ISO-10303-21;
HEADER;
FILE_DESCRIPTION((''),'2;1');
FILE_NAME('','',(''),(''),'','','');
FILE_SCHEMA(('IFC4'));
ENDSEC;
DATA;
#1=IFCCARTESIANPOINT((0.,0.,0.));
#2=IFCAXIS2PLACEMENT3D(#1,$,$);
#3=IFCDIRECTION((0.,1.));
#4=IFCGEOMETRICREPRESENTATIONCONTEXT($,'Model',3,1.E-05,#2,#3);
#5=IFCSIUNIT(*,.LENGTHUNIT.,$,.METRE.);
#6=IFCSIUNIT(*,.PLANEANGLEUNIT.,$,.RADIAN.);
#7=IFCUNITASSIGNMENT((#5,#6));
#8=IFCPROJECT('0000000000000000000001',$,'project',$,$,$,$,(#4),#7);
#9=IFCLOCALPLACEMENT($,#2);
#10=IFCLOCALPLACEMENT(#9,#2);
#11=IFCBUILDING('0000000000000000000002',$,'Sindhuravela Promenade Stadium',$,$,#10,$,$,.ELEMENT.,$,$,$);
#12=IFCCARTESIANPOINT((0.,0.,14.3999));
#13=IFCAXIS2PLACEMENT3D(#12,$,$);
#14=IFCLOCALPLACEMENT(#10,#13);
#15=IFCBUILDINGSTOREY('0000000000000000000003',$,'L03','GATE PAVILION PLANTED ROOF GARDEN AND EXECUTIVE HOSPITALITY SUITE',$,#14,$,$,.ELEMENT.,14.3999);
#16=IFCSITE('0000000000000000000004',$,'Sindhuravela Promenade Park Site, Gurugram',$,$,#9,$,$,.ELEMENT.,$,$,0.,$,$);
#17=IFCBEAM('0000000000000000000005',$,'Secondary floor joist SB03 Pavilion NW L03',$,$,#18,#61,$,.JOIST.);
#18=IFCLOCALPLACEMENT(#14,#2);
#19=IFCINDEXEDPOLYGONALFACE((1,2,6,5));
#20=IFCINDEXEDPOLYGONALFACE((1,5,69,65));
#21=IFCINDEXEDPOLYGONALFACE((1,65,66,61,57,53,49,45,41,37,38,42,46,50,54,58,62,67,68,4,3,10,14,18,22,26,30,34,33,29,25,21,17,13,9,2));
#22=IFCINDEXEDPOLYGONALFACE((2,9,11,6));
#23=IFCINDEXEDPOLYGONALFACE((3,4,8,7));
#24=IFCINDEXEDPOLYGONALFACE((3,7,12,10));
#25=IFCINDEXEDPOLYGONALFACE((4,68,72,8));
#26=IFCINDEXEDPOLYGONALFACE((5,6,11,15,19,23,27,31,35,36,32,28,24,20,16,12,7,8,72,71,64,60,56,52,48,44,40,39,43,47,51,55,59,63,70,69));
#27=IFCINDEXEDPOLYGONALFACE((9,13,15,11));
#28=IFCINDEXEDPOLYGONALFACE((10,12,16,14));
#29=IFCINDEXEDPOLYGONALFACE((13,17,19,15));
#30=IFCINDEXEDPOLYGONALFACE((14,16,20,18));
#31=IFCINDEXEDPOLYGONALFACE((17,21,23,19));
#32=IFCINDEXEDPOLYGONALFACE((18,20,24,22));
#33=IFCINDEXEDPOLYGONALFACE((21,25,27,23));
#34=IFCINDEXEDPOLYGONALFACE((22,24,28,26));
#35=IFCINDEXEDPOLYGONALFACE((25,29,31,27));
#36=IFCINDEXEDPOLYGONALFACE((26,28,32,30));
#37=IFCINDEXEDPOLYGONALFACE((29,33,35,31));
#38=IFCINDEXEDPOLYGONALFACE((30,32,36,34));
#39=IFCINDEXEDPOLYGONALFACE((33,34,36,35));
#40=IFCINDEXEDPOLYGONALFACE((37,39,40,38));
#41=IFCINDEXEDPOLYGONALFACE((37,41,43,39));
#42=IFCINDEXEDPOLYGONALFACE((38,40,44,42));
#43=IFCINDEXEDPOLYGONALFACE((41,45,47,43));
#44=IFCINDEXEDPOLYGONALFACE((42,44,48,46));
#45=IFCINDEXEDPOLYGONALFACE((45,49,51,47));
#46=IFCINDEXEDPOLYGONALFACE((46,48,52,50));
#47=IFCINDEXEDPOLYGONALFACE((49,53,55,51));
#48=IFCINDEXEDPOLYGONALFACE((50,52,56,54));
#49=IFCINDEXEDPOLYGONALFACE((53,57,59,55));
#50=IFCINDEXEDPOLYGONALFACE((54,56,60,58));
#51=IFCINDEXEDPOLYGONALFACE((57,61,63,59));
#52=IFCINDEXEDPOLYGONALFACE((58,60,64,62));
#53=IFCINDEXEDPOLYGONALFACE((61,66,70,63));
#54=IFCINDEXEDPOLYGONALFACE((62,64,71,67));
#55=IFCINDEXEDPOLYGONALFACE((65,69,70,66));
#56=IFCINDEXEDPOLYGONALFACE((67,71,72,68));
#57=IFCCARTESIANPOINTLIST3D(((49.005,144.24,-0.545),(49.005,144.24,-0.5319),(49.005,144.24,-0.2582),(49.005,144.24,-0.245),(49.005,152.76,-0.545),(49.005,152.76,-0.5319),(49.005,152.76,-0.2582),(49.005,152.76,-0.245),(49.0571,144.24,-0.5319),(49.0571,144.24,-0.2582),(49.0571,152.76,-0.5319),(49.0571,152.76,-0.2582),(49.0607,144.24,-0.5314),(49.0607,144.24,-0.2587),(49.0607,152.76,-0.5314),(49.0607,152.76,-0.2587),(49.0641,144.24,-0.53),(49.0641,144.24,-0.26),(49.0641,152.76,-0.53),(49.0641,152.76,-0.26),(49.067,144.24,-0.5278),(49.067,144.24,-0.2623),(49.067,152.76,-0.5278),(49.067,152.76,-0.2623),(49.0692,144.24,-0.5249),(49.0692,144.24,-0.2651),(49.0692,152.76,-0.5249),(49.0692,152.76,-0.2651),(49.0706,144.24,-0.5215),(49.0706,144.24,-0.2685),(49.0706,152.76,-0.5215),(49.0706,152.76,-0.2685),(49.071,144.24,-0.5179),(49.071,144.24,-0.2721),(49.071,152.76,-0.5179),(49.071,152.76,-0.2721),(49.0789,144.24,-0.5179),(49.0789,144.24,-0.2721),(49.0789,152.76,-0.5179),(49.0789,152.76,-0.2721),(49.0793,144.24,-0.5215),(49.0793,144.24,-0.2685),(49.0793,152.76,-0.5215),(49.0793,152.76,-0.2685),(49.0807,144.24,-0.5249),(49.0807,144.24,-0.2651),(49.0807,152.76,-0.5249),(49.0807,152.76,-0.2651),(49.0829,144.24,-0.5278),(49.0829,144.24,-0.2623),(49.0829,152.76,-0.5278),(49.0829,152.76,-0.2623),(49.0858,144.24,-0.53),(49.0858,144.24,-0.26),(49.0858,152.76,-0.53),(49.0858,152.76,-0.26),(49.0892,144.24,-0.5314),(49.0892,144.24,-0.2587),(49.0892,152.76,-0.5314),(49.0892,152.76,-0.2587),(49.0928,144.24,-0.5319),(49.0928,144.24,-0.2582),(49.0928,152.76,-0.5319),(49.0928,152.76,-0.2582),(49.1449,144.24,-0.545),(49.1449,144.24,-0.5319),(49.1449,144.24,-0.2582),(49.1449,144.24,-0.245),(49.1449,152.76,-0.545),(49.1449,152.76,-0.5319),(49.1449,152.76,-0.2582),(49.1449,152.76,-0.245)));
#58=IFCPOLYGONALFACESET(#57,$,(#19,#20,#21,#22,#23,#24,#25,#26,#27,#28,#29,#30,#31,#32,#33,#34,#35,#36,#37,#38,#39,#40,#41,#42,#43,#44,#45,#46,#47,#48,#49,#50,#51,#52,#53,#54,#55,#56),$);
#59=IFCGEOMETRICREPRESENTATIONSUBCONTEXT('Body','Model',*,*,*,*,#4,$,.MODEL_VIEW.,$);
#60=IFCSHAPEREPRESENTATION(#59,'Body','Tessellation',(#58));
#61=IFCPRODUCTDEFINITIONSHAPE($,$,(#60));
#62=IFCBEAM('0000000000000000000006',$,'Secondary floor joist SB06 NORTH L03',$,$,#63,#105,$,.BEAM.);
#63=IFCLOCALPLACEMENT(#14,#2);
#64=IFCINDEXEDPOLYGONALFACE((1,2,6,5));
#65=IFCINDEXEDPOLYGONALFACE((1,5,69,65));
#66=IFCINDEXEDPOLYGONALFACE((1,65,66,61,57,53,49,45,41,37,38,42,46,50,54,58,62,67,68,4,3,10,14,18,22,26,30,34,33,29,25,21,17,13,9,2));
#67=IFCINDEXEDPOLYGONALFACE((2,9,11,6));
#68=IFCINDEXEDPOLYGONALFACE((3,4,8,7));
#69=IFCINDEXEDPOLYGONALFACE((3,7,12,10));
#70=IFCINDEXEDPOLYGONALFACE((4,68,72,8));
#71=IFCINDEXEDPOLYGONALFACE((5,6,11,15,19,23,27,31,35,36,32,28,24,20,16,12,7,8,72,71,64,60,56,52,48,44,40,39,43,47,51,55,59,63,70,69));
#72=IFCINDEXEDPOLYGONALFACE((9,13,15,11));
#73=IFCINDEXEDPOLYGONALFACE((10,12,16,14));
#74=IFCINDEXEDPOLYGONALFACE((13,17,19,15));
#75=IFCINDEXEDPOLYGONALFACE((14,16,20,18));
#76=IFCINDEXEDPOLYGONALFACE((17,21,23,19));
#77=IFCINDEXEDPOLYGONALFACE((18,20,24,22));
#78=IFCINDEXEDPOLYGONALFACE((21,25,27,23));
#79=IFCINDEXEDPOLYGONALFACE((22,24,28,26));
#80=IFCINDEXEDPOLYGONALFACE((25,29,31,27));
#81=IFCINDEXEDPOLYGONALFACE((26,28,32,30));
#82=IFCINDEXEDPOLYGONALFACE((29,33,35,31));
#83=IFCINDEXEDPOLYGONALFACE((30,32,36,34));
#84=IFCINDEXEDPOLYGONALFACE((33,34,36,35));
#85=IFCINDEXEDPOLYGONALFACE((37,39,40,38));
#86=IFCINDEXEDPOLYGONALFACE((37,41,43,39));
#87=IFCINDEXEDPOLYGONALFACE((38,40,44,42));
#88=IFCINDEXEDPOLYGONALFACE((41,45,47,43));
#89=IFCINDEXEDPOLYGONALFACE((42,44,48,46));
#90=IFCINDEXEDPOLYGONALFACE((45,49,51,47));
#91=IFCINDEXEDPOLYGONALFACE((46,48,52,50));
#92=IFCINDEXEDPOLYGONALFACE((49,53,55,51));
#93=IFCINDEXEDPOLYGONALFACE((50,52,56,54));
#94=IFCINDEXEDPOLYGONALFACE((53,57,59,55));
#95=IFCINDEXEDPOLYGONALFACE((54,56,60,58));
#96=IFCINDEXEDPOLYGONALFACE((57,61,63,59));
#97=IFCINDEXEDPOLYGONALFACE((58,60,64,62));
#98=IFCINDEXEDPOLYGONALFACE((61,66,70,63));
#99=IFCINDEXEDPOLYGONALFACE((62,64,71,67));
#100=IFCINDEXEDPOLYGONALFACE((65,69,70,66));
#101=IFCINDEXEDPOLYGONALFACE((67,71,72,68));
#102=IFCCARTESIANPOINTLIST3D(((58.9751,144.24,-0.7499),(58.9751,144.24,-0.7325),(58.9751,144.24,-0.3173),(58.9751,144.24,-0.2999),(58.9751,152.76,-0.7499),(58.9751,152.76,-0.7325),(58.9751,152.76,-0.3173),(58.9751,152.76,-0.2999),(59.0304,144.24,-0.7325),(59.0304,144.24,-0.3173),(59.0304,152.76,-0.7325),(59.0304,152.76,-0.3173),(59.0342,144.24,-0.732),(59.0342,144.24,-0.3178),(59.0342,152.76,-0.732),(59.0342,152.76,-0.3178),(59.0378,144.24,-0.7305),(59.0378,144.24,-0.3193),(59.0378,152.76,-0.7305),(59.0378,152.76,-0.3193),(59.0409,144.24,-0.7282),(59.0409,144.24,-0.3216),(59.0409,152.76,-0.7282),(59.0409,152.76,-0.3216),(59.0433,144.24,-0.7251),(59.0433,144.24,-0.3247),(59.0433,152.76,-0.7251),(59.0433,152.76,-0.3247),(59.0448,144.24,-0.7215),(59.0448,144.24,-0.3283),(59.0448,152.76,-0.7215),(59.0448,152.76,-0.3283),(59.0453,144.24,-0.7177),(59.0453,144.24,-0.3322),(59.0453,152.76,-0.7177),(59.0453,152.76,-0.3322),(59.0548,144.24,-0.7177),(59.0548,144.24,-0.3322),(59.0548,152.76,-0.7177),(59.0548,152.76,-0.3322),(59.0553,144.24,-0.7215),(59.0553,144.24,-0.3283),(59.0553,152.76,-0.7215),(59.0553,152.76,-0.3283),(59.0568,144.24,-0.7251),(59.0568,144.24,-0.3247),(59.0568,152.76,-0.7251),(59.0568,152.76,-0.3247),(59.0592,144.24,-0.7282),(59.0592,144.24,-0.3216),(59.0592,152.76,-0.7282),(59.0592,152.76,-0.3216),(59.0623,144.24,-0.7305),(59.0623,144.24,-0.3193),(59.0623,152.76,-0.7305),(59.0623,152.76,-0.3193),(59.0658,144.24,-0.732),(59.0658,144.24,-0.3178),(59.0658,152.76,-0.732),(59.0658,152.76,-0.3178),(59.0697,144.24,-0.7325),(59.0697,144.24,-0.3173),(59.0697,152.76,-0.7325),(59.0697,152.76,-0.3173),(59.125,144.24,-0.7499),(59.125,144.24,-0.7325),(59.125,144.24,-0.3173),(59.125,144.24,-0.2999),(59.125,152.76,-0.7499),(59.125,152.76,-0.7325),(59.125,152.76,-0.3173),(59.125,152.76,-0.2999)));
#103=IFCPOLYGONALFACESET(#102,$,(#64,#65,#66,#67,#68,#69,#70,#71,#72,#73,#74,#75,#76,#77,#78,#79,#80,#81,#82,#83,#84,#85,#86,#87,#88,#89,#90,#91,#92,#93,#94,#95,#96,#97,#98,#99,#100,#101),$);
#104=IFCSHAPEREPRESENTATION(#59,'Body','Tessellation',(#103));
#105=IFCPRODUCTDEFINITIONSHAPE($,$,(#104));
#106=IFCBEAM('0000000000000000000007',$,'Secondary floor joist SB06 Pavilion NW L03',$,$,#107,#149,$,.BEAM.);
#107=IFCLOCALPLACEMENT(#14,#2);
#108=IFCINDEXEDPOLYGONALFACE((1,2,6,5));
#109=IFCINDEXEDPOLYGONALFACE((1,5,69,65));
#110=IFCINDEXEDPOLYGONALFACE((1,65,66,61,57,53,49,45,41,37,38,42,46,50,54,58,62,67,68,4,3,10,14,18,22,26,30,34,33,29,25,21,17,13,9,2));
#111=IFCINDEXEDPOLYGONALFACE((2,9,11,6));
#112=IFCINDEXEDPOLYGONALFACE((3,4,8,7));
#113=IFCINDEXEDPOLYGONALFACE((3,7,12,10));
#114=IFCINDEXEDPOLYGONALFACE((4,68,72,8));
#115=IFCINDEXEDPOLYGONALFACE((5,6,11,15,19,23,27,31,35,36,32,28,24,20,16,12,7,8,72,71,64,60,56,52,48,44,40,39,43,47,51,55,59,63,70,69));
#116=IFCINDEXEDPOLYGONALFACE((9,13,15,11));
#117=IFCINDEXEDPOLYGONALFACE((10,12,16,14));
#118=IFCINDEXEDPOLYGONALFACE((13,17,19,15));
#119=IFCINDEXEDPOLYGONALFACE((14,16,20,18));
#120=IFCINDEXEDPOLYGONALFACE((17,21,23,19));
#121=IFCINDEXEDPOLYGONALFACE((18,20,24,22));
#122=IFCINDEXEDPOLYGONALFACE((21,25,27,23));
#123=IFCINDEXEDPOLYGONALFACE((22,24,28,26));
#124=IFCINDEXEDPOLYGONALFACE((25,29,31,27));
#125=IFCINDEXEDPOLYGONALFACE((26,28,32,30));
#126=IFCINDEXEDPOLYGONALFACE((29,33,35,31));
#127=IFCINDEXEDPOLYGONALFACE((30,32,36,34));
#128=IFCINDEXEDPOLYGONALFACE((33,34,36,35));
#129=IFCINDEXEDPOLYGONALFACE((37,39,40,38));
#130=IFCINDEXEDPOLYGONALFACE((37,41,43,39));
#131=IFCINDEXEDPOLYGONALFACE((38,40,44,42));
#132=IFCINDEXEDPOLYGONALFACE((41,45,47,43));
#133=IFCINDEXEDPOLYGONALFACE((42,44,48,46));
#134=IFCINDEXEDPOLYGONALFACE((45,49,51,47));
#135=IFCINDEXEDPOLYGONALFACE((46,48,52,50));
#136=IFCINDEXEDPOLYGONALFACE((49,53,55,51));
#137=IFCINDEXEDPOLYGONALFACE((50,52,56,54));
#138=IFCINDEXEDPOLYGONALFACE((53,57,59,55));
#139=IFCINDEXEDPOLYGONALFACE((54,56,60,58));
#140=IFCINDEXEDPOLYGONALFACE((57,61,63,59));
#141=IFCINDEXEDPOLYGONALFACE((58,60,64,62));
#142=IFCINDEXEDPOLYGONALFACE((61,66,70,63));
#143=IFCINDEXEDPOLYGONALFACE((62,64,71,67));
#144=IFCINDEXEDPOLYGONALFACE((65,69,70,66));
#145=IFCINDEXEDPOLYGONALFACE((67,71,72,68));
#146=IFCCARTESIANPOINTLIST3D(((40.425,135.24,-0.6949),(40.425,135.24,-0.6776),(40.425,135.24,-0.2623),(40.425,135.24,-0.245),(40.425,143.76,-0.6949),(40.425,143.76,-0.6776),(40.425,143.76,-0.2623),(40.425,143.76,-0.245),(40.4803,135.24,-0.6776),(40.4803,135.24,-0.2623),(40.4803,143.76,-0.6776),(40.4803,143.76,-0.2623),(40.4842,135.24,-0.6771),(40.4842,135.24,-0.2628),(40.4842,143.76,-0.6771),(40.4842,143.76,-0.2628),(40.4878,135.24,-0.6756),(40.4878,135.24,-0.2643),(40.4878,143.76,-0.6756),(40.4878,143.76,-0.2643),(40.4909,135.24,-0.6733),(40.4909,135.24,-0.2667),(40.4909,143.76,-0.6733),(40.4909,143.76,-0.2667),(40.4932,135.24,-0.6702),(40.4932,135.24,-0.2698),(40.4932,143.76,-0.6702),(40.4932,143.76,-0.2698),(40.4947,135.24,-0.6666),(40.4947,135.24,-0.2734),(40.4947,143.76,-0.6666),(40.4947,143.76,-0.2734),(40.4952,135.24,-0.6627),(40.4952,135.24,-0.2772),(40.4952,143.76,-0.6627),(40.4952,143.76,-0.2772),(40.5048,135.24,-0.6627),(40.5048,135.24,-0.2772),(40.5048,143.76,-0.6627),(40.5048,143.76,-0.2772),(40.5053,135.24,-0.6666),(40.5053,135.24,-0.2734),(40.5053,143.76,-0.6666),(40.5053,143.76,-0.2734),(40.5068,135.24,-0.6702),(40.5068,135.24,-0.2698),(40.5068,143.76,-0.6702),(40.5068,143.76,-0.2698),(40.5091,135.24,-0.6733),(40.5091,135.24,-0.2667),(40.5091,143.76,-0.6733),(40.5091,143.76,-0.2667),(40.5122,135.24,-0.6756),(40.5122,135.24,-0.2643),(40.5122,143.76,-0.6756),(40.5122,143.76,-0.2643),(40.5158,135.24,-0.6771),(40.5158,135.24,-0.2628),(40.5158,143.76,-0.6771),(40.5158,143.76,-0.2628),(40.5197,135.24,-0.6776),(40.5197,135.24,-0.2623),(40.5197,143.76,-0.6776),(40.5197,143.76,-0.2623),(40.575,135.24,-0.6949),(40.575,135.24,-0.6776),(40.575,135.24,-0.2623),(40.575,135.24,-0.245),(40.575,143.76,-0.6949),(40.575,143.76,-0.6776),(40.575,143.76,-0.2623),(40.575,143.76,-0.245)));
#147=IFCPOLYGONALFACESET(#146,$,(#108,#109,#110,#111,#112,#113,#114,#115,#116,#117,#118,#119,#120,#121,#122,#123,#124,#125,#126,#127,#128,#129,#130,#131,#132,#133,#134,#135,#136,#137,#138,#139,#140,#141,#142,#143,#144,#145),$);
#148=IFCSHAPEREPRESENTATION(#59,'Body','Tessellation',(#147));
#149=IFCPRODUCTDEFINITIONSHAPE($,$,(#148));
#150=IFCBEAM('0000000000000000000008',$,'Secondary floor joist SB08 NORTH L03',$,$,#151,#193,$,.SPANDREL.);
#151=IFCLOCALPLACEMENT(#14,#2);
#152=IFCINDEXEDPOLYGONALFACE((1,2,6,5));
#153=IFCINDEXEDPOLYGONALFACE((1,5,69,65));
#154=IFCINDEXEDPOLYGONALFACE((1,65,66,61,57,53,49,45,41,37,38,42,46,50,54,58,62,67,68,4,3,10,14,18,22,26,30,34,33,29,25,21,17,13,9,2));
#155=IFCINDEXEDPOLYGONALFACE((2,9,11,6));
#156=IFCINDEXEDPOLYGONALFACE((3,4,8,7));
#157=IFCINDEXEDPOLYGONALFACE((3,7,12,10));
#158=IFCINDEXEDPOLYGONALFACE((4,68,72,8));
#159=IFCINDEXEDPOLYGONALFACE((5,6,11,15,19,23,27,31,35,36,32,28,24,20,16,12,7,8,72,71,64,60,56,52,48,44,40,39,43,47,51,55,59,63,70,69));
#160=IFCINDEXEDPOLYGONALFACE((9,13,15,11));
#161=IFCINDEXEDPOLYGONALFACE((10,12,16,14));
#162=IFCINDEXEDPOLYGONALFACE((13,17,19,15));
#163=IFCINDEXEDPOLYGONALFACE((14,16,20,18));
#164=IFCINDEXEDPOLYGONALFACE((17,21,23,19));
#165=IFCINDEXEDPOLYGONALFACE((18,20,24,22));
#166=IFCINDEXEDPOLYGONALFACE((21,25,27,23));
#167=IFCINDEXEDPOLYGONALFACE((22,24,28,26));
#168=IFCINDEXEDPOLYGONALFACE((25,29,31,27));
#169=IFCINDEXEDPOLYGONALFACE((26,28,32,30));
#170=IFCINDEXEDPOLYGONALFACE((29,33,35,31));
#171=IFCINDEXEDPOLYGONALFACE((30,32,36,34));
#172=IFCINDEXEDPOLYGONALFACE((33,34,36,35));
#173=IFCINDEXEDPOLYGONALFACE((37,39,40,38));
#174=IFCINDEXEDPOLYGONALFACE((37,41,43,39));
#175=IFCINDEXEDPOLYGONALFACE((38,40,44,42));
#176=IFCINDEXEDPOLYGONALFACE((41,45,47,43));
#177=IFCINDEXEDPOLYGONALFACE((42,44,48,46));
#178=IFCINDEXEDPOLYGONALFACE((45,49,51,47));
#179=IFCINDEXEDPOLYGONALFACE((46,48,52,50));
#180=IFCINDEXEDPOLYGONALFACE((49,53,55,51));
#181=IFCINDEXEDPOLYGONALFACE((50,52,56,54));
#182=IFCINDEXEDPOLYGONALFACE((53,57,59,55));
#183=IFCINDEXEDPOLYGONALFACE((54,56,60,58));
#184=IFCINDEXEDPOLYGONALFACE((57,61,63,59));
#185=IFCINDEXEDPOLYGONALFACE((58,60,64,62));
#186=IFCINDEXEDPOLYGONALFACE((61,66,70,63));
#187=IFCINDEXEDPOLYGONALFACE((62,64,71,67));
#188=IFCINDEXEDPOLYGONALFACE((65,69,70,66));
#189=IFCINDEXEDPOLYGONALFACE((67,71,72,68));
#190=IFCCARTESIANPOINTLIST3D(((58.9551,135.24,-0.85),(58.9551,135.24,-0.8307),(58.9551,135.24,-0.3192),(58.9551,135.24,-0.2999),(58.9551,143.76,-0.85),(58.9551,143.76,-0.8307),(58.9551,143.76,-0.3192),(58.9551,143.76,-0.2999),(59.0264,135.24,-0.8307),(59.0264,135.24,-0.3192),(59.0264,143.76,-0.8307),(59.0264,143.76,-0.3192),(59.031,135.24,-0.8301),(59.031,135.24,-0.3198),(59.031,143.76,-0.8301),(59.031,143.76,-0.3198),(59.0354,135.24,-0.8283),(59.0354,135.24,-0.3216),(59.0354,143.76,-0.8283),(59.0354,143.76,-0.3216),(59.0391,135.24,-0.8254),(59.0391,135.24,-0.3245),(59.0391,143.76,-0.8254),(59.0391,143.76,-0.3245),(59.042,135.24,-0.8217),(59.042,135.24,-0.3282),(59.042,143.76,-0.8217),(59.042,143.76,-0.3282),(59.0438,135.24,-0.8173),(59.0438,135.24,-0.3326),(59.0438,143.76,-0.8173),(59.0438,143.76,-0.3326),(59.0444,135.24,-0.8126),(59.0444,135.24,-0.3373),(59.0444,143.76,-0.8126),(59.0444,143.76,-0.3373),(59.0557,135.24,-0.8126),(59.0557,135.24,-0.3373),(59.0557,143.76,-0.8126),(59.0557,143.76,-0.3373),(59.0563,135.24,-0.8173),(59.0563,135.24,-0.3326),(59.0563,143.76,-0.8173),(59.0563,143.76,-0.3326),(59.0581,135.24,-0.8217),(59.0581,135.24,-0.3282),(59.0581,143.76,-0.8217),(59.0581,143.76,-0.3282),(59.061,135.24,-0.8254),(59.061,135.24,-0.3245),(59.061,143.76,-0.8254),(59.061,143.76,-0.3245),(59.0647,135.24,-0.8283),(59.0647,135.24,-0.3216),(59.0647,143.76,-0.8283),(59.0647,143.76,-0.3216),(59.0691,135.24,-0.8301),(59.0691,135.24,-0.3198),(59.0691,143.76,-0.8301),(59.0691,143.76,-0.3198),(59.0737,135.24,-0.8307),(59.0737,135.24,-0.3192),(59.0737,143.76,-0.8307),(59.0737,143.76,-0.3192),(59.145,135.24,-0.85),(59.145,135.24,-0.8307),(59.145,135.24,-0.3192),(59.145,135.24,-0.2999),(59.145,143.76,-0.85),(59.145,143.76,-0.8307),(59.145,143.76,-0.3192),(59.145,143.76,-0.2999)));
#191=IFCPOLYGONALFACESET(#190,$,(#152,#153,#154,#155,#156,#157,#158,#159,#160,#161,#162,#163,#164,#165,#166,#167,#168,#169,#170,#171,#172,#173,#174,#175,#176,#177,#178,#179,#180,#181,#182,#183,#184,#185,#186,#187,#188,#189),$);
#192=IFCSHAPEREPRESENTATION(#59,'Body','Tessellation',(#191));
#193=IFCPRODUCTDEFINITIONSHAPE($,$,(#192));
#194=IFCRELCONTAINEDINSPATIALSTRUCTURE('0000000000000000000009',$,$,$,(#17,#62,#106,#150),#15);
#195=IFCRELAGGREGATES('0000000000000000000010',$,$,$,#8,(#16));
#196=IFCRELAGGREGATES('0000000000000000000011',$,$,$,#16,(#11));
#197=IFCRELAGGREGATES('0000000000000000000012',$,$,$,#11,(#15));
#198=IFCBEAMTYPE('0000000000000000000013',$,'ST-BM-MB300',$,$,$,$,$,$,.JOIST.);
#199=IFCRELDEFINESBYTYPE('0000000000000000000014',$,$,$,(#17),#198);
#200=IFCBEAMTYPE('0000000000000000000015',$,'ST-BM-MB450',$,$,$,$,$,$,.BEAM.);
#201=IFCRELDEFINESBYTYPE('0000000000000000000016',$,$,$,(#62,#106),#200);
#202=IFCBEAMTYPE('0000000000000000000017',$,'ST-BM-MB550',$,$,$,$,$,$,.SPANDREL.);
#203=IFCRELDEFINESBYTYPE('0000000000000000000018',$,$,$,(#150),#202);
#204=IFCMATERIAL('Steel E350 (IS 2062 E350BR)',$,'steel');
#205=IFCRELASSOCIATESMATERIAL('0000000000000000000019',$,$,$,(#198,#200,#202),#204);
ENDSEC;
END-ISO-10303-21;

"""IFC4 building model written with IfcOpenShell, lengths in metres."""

from ifc_helpers import new_model, si_unit, direction, frame, origin, origin_2d, place, context, subcontext, project, spatial, i_section, extrude, material, material_profile, profile_set, type_object, element, save


model = new_model("IFC4")

# Units and contexts
model_context = context("Model", 3, precision=1e-05, world=origin(), true_north=direction((0.0, 1.0)))
body_context = subcontext(model_context, "Body", "Model", "MODEL_VIEW")
ifc_project = project(units=[si_unit("LENGTHUNIT", "METRE"), si_unit("PLANEANGLEUNIT", "RADIAN")], contexts=[model_context])

# Site, building, storey
site_placement = place(None, origin())
site = spatial("IfcSite", under=ifc_project, at=site_placement, Name="Sindhuravela Promenade Park Site, Gurugram", CompositionType="ELEMENT", RefElevation=0.0)
building_placement = place(site_placement, origin())
building = spatial("IfcBuilding", under=site, at=building_placement, Name="Sindhuravela Promenade Stadium", CompositionType="ELEMENT")
storey_placement = place(building_placement, frame((0.0, 0.0, 14.3999)))
storey = spatial("IfcBuildingStorey", under=building, at=storey_placement, Name="L03", Description="GATE PAVILION PLANTED ROOF GARDEN AND EXECUTIVE HOSPITALITY SUITE", CompositionType="ELEMENT", Elevation=14.3999)

# Beams
ifc_material_1 = material(Name="Steel E350 (IS 2062 E350BR)", Category="steel")
ifc_material_profile_1 = material_profile(ifc_material_1, i_section(OverallWidth=0.1399, OverallDepth=0.3, WebThickness=0.0078, FlangeThickness=0.0132, FilletRadius=0.0139, at=origin_2d()), Name="ISMB 300")
ifc_profile_set_1 = profile_set([ifc_material_profile_1], Name="Steel E350 (IS 2062 E350BR)")
beam_type_1 = type_object("IfcBeamType", Name="ST-BM-MB300", PredefinedType="JOIST", material=ifc_profile_set_1)
beam_1_placement = place(storey_placement, frame((49.075, 144.24, -0.395), z_axis=(0.0, 1.0, 0.0), x_axis=(-1.0, 0.0, 0.0)))
element("IfcBeam", 1, at=beam_1_placement, inside=storey, type_object=beam_type_1, Name="Secondary floor joist SB03 Pavilion NW L03", PredefinedType="JOIST", context=body_context, shape_type="SweptSolid", body=[
    extrude(i_section(OverallWidth=0.1399, OverallDepth=0.3, WebThickness=0.0078, FlangeThickness=0.0132, FilletRadius=0.0139, at=origin_2d()), origin(), (0.0, 0.0, 1.0), 8.52),
])
ifc_material_profile_2 = material_profile(ifc_material_1, i_section(OverallWidth=0.1499, OverallDepth=0.45, WebThickness=0.0095, FlangeThickness=0.0173, FilletRadius=0.0149, at=origin_2d()), Name="ISMB 450")
ifc_profile_set_2 = profile_set([ifc_material_profile_2], Name="Steel E350 (IS 2062 E350BR)")
beam_type_2 = type_object("IfcBeamType", Name="ST-BM-MB450", PredefinedType="BEAM", material=ifc_profile_set_2)
for number, where, z_axis, x_axis, name in (
    (2, (59.05, 144.24, -0.5249), (0.0, 1.0, 0.0), (-1.0, 0.0, 0.0), "Secondary floor joist SB06 NORTH L03"),
    (3, (40.5, 135.24, -0.47), (0.0, 1.0, 0.0), (-1.0, 0.0, 0.0), "Secondary floor joist SB06 Pavilion NW L03"),
):
    element("IfcBeam", number, at=place(storey_placement, frame(where, z_axis=z_axis, x_axis=x_axis)), inside=storey, type_object=beam_type_2, Name=name, PredefinedType="BEAM", context=body_context, shape_type="SweptSolid", body=[
        extrude(i_section(OverallWidth=0.1499, OverallDepth=0.45, WebThickness=0.0095, FlangeThickness=0.0173, FilletRadius=0.0149, at=origin_2d()), origin(), (0.0, 0.0, 1.0), 8.52),
    ])
ifc_material_profile_3 = material_profile(ifc_material_1, i_section(OverallWidth=0.1899, OverallDepth=0.55, WebThickness=0.0112, FlangeThickness=0.0193, FilletRadius=0.0181, at=origin_2d()), Name="ISMB 550")
ifc_profile_set_3 = profile_set([ifc_material_profile_3], Name="Steel E350 (IS 2062 E350BR)")
beam_type_3 = type_object("IfcBeamType", Name="ST-BM-MB550", PredefinedType="SPANDREL", material=ifc_profile_set_3)
for number, where, z_axis, x_axis, name in (
    (4, (59.05, 135.24, -0.575), (0.0, 1.0, 0.0), (-1.0, 0.0, 0.0), "Secondary floor joist SB08 NORTH L03"),
):
    element("IfcBeam", number, at=place(storey_placement, frame(where, z_axis=z_axis, x_axis=x_axis)), inside=storey, type_object=beam_type_3, Name=name, PredefinedType="SPANDREL", context=body_context, shape_type="SweptSolid", body=[
        extrude(i_section(OverallWidth=0.1899, OverallDepth=0.55, WebThickness=0.0112, FlangeThickness=0.0193, FilletRadius=0.0181, at=origin_2d()), origin(), (0.0, 0.0, 1.0), 8.52),
    ])

save(model, "model.ifc")
